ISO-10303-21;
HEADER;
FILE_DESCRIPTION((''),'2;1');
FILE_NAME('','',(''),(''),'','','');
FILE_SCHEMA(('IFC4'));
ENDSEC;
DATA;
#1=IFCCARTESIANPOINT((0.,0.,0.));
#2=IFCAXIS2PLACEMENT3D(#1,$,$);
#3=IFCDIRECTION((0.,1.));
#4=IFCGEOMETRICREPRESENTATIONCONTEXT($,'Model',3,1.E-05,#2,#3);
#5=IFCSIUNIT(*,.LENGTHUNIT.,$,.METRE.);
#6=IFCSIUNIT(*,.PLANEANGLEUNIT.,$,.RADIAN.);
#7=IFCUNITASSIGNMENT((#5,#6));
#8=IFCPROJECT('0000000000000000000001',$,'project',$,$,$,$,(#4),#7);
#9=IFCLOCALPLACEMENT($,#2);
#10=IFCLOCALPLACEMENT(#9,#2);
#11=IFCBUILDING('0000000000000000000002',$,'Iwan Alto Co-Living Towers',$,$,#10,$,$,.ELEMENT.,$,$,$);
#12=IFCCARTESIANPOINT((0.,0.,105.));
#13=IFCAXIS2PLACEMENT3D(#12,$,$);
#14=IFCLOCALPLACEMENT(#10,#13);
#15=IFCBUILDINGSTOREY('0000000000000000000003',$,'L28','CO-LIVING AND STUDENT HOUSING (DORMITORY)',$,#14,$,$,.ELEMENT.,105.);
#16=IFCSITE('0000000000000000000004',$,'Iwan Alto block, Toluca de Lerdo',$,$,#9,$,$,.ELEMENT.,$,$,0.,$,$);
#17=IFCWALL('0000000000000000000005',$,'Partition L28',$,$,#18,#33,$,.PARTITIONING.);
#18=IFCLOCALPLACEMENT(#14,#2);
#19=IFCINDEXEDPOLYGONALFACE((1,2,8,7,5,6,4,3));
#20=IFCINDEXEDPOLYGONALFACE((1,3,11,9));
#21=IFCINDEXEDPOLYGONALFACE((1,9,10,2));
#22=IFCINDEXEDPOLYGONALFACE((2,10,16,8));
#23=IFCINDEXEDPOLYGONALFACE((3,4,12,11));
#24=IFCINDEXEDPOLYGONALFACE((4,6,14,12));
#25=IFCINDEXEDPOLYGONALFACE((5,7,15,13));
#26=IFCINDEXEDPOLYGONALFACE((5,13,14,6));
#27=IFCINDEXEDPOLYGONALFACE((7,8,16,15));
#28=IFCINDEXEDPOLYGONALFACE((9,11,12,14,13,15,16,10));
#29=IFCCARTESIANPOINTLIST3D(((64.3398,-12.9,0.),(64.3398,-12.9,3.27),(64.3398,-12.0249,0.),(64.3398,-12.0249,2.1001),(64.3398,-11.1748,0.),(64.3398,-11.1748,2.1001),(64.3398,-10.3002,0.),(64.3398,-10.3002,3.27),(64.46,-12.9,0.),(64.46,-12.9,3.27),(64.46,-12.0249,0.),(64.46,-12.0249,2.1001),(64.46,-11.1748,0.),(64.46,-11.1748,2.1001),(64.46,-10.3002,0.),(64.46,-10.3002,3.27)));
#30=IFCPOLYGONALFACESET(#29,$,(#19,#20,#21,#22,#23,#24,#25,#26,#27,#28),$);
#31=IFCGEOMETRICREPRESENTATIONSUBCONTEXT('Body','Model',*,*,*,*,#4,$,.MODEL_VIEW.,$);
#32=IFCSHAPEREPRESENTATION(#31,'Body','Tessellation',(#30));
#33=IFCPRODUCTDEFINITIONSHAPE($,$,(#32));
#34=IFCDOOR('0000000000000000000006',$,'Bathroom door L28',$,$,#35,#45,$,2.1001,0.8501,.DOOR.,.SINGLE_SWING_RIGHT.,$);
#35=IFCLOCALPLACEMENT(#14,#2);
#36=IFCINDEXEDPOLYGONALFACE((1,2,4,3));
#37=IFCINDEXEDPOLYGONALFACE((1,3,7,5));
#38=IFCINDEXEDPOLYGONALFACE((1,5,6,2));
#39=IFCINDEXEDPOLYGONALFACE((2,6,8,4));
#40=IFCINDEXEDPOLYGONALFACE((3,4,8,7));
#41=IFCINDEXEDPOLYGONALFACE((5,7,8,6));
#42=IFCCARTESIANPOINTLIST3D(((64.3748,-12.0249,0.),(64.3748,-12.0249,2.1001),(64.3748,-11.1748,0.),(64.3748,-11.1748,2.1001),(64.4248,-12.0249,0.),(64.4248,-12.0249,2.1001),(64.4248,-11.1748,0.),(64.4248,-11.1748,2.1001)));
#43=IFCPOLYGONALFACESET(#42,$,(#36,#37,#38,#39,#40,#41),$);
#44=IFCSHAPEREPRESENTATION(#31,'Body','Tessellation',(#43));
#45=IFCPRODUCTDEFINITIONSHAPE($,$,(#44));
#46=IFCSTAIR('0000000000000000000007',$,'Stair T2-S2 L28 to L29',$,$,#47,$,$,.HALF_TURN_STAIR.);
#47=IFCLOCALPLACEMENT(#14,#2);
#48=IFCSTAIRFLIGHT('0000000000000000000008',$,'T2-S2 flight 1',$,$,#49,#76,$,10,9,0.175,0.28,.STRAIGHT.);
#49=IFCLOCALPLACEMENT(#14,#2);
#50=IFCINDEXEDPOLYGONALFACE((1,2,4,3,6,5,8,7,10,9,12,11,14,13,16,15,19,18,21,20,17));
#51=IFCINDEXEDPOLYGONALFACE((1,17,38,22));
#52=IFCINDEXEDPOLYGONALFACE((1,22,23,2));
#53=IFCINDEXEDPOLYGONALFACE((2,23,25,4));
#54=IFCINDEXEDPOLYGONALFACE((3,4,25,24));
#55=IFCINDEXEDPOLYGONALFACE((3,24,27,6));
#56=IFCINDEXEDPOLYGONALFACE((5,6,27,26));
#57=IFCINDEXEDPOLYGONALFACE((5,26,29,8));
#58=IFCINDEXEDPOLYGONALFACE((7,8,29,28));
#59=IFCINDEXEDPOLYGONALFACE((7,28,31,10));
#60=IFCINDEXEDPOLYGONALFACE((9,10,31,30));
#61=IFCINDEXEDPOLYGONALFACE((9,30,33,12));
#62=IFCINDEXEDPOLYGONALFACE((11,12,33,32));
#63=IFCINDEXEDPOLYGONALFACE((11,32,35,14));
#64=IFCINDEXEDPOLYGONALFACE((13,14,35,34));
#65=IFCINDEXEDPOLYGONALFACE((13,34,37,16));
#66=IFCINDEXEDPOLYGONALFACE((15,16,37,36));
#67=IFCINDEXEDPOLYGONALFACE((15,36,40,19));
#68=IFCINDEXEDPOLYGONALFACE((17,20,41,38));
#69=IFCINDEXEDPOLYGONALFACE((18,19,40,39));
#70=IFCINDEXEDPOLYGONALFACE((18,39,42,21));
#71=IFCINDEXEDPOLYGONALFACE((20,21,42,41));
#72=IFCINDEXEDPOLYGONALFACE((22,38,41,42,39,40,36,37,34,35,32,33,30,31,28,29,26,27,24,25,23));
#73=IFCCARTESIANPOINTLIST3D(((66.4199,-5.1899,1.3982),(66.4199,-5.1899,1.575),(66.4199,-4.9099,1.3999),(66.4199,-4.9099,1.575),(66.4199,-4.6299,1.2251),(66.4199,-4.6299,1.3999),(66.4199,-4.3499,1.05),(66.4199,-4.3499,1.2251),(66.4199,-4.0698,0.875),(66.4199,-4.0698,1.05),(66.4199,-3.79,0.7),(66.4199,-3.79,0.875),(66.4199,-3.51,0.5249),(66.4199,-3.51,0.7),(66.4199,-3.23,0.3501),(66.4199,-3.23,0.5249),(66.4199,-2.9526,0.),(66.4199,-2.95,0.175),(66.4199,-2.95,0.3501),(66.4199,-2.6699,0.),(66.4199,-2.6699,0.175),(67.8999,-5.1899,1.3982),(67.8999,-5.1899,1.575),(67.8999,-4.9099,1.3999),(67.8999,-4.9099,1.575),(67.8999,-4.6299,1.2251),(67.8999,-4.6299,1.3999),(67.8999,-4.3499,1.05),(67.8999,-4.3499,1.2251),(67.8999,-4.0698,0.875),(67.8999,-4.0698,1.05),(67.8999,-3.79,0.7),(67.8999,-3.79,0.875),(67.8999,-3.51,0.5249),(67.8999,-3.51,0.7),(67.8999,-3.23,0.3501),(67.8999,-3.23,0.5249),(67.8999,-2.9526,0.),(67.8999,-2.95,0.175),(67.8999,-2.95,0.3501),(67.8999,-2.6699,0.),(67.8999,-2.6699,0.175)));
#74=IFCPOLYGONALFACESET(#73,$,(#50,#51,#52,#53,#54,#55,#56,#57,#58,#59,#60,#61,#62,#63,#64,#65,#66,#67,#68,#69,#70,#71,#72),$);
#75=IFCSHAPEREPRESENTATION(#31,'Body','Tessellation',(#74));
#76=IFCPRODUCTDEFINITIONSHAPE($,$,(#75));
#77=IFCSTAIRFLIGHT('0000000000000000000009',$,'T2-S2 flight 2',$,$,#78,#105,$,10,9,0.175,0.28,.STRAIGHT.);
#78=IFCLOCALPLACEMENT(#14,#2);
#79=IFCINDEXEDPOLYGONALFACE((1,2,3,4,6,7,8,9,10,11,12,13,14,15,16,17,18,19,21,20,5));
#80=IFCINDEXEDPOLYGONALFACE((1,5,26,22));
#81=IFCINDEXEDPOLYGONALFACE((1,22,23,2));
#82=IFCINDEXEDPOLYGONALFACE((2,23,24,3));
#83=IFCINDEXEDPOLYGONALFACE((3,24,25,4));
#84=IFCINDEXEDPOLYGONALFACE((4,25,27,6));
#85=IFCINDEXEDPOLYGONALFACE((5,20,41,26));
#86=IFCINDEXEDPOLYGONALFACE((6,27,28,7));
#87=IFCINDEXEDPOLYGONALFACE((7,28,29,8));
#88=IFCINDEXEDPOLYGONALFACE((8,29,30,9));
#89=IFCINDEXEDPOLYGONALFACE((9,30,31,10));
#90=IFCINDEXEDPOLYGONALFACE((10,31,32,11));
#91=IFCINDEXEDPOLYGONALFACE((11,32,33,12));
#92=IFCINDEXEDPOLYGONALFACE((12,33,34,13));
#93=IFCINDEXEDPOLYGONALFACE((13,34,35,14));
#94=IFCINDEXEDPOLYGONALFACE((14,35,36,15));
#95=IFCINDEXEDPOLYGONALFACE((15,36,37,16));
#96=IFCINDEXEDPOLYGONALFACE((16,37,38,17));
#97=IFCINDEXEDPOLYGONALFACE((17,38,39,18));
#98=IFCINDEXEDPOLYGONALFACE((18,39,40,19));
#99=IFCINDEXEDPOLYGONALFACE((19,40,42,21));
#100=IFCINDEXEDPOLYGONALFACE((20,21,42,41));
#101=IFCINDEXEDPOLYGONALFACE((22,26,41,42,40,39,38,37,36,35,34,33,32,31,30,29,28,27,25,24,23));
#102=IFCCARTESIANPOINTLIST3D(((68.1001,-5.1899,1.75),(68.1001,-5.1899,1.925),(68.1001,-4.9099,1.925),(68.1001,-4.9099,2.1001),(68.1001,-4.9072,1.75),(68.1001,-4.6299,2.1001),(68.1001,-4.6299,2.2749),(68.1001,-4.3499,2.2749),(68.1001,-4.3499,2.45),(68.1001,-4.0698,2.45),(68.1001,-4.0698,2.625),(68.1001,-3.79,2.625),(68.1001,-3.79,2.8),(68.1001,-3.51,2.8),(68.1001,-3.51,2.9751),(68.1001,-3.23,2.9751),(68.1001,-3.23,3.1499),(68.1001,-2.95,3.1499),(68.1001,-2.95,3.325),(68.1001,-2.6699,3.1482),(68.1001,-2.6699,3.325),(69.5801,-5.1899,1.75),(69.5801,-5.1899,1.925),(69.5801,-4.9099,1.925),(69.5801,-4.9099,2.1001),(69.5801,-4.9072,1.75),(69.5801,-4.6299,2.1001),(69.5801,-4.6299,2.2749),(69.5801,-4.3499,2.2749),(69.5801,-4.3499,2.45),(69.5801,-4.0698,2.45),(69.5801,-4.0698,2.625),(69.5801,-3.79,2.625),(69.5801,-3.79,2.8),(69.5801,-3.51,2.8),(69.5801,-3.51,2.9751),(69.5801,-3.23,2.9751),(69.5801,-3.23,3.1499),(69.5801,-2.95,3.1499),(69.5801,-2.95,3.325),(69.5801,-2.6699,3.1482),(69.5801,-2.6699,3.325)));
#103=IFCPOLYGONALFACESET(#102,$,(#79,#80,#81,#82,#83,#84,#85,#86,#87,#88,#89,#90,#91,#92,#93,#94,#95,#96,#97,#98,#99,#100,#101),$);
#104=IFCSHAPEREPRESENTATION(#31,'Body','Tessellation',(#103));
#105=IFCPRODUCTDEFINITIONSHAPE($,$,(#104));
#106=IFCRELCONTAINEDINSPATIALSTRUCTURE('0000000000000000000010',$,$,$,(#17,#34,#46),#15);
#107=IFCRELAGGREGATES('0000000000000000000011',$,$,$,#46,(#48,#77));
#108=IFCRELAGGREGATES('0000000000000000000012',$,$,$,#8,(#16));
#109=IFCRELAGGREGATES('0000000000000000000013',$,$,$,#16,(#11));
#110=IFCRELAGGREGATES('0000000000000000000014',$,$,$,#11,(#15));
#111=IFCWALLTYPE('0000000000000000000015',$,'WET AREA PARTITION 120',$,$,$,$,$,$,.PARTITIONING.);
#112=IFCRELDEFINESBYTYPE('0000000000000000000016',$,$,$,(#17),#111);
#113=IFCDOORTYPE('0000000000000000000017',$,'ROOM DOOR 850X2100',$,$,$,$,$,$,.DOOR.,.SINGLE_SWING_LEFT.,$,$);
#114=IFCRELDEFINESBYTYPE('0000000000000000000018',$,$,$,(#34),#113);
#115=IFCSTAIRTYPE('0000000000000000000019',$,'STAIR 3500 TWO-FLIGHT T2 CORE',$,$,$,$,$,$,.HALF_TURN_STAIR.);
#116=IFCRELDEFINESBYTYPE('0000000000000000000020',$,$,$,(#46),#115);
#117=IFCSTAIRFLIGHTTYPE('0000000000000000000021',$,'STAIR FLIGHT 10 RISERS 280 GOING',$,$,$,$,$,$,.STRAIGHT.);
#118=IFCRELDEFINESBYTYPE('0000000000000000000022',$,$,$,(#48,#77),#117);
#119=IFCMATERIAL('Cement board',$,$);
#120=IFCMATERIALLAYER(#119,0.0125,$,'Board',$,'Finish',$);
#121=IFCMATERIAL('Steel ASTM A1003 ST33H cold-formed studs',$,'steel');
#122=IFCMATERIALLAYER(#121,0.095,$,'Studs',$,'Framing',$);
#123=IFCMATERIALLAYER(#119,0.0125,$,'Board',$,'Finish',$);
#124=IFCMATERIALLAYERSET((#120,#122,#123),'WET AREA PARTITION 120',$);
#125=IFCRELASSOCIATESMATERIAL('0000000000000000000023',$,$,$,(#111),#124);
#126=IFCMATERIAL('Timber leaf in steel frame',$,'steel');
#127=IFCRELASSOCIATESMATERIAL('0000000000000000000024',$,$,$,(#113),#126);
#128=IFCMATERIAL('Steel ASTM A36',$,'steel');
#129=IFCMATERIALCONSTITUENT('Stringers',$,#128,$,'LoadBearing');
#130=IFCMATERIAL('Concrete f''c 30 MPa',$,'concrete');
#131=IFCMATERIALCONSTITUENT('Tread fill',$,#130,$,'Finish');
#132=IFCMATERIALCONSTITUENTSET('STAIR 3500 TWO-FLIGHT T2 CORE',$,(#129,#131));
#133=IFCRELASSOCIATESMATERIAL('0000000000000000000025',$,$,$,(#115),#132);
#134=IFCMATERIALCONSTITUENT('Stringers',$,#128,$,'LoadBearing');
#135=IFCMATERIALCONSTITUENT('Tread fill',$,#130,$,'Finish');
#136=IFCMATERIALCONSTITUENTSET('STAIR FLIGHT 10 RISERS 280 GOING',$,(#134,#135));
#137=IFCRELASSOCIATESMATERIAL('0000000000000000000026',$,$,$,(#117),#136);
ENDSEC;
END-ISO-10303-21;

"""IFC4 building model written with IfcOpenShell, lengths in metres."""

from ifc_helpers import new_model, si_unit, direction, frame, frame_2d, origin, place, context, subcontext, project, spatial, polyline, rectangle, outline, extrude, material, layer, layer_set, constituent, constituent_set, type_object, element, fill, aggregate, save


model = new_model("IFC4")

# Units and contexts
model_context = context("Model", 3, precision=1e-05, world=origin(), true_north=direction((0.0, 1.0)))
body_context = subcontext(model_context, "Body", "Model", "MODEL_VIEW")
ifc_project = project(units=[si_unit("LENGTHUNIT", "METRE"), si_unit("PLANEANGLEUNIT", "RADIAN")], contexts=[model_context])

# Site, building, storey
site_placement = place(None, origin())
site = spatial("IfcSite", under=ifc_project, at=site_placement, Name="Iwan Alto block, Toluca de Lerdo", CompositionType="ELEMENT", RefElevation=0.0)
building_placement = place(site_placement, origin())
building = spatial("IfcBuilding", under=site, at=building_placement, Name="Iwan Alto Co-Living Towers", CompositionType="ELEMENT")
storey_placement = place(building_placement, frame((0.0, 0.0, 105.0)))
storey = spatial("IfcBuildingStorey", under=building, at=storey_placement, Name="L28", Description="CO-LIVING AND STUDENT HOUSING (DORMITORY)", CompositionType="ELEMENT", Elevation=105.0)

# Shared definitions
ifc_material_1 = material(Name="Steel ASTM A1003 ST33H cold-formed studs", Category="steel")

# Shared definitions
ifc_material_2 = material(Name="Cement board")
ifc_layer_1 = layer(ifc_material_2, 0.0125, Name="Board", Category="Finish")
ifc_layer_2 = layer(ifc_material_1, 0.095, Name="Studs", Category="Framing")
ifc_layer_3 = layer(ifc_material_2, 0.0125, Name="Board", Category="Finish")
ifc_layer_set_1 = layer_set([ifc_layer_1, ifc_layer_2, ifc_layer_3], Name="WET AREA PARTITION 120")
wall_type_1 = type_object("IfcWallType", Name="WET AREA PARTITION 120", PredefinedType="PARTITIONING", material=ifc_layer_set_1)

# Wall, opening, door
wall_1_placement = place(storey_placement, frame((64.3999, -12.8999, 0.0), z_axis=(0.0, 0.0, 1.0), x_axis=(0.0, 1.0, 0.0)))
wall_1 = element("IfcWall", 1, at=wall_1_placement, inside=storey, type_object=wall_type_1, Name="Partition L28", PredefinedType="PARTITIONING", context=body_context, shape_type="SweptSolid", body=[
    extrude(rectangle(XDim=2.5999, YDim=0.1201, at=frame_2d((1.2998, 0.0))), origin(), (0.0, 0.0, 1.0), 3.27),
])
opening_1_placement = place(wall_1_placement, frame((0.875, 0.0, 0.0)))
opening_1 = element("IfcOpeningElement", 2, at=opening_1_placement, cuts=wall_1, PredefinedType="OPENING", context=body_context, shape_type="SweptSolid", body=[
    extrude(rectangle(XDim=0.8501, YDim=2.1001, at=frame_2d((0.425, 1.05))), frame((0.0, 0.0701, 0.0), z_axis=(0.0, -1.0, 0.0), x_axis=(1.0, 0.0, 0.0)), (0.0, 0.0, 1.0), 0.1401),
])
ifc_material_3 = material(Name="Timber leaf in steel frame", Category="steel")
door_type_1 = type_object("IfcDoorType", Name="ROOM DOOR 850X2100", OperationType="SINGLE_SWING_LEFT", PredefinedType="DOOR", material=ifc_material_3)
door_1_placement = place(opening_1_placement, frame((0.8501, 0.0, 0.0), z_axis=(0.0, 0.0, 1.0), x_axis=(-1.0, 0.0, 0.0)))
door_1 = element("IfcDoor", 3, at=door_1_placement, inside=storey, type_object=door_type_1, Name="Bathroom door L28", OperationType="SINGLE_SWING_RIGHT", OverallHeight=2.1001, OverallWidth=0.8501, PredefinedType="DOOR", context=body_context, shape_type="SweptSolid", body=[
    extrude(rectangle(XDim=0.8501, YDim=2.1001, at=frame_2d((0.425, 1.05))), frame((0.0, 0.0249, 0.0), z_axis=(0.0, -1.0, 0.0), x_axis=(1.0, 0.0, 0.0)), (0.0, 0.0, 1.0), 0.05),
])
fill(opening_1, door_1)

# Stair, stair flights
ifc_material_4 = material(Name="Steel ASTM A36", Category="steel")
ifc_constituent_1 = constituent(ifc_material_4, Name="Stringers", Category="LoadBearing")
ifc_material_5 = material(Name="Concrete f'c 30 MPa", Category="concrete")
ifc_constituent_2 = constituent(ifc_material_5, Name="Tread fill", Category="Finish")
ifc_constituent_set_1 = constituent_set(constituents=[ifc_constituent_1, ifc_constituent_2], Name="STAIR 3500 TWO-FLIGHT T2 CORE")
stair_type = type_object("IfcStairType", Name="STAIR 3500 TWO-FLIGHT T2 CORE", PredefinedType="HALF_TURN_STAIR", material=ifc_constituent_set_1)
stair_placement = place(storey_placement, origin())
stair = element("IfcStair", 4, at=stair_placement, inside=storey, type_object=stair_type, Name="Stair T2-S2 L28 to L29", PredefinedType="HALF_TURN_STAIR")
ifc_constituent_3 = constituent(ifc_material_4, Name="Stringers", Category="LoadBearing")
ifc_constituent_4 = constituent(ifc_material_5, Name="Tread fill", Category="Finish")
ifc_constituent_set_2 = constituent_set(constituents=[ifc_constituent_3, ifc_constituent_4], Name="STAIR FLIGHT 10 RISERS 280 GOING")
stair_flight_type = type_object("IfcStairFlightType", Name="STAIR FLIGHT 10 RISERS 280 GOING", PredefinedType="STRAIGHT", material=ifc_constituent_set_2)
stair_flight_1_placement = place(storey_placement, frame((67.1599, -2.6699, 0.0), z_axis=(0.0, 0.0, 1.0), x_axis=(0.0, -1.0, 0.0)))
stair_flight_1 = element("IfcStairFlight", 5, at=stair_flight_1_placement, type_object=stair_flight_type, Name="T2-S2 flight 1", NumberOfRisers=10, NumberOfTreads=9, PredefinedType="STRAIGHT", RiserHeight=0.175, TreadLength=0.28, context=body_context, shape_type="SweptSolid", body=[
    extrude(outline(polyline([(0.0, 0.0), (0.0, 0.175), (0.28, 0.175), (0.28, 0.3501), (0.5601, 0.3501), (0.5601, 0.5249), (0.8401, 0.5249), (0.8401, 0.7), (1.1201, 0.7), (1.1201, 0.875), (1.3999, 0.875), (1.3999, 1.05), (1.6799, 1.05), (1.6799, 1.2251), (1.96, 1.2251), (1.96, 1.3999), (2.24, 1.3999), (2.24, 1.575), (2.52, 1.575), (2.52, 1.75), (2.52, 1.3982), (0.2827, 0.0), (0.0, 0.0)])), frame((0.0, 0.74, 0.0), z_axis=(0.0, -1.0, 0.0), x_axis=(1.0, 0.0, 0.0)), (0.0, 0.0, 1.0), 1.48),
])
stair_flight_2_placement = place(storey_placement, frame((68.8401, -5.1899, 1.75), z_axis=(0.0, 0.0, 1.0), x_axis=(0.0, 1.0, 0.0)))
stair_flight_2 = element("IfcStairFlight", 6, at=stair_flight_2_placement, type_object=stair_flight_type, Name="T2-S2 flight 2", NumberOfRisers=10, NumberOfTreads=9, PredefinedType="STRAIGHT", RiserHeight=0.175, TreadLength=0.28, context=body_context, shape_type="SweptSolid", body=[
    extrude(outline(polyline([(0.0, 0.0), (0.0, 0.175), (0.28, 0.175), (0.28, 0.3501), (0.5601, 0.3501), (0.5601, 0.5249), (0.8401, 0.5249), (0.8401, 0.7), (1.1201, 0.7), (1.1201, 0.875), (1.3999, 0.875), (1.3999, 1.05), (1.6799, 1.05), (1.6799, 1.2251), (1.96, 1.2251), (1.96, 1.3999), (2.24, 1.3999), (2.24, 1.575), (2.52, 1.575), (2.52, 1.75), (2.52, 1.3982), (0.2827, 0.0), (0.0, 0.0)])), frame((0.0, 0.74, 0.0), z_axis=(0.0, -1.0, 0.0), x_axis=(1.0, 0.0, 0.0)), (0.0, 0.0, 1.0), 1.48),
])
aggregate(stair, [stair_flight_1, stair_flight_2])

save(model, "model.ifc")
